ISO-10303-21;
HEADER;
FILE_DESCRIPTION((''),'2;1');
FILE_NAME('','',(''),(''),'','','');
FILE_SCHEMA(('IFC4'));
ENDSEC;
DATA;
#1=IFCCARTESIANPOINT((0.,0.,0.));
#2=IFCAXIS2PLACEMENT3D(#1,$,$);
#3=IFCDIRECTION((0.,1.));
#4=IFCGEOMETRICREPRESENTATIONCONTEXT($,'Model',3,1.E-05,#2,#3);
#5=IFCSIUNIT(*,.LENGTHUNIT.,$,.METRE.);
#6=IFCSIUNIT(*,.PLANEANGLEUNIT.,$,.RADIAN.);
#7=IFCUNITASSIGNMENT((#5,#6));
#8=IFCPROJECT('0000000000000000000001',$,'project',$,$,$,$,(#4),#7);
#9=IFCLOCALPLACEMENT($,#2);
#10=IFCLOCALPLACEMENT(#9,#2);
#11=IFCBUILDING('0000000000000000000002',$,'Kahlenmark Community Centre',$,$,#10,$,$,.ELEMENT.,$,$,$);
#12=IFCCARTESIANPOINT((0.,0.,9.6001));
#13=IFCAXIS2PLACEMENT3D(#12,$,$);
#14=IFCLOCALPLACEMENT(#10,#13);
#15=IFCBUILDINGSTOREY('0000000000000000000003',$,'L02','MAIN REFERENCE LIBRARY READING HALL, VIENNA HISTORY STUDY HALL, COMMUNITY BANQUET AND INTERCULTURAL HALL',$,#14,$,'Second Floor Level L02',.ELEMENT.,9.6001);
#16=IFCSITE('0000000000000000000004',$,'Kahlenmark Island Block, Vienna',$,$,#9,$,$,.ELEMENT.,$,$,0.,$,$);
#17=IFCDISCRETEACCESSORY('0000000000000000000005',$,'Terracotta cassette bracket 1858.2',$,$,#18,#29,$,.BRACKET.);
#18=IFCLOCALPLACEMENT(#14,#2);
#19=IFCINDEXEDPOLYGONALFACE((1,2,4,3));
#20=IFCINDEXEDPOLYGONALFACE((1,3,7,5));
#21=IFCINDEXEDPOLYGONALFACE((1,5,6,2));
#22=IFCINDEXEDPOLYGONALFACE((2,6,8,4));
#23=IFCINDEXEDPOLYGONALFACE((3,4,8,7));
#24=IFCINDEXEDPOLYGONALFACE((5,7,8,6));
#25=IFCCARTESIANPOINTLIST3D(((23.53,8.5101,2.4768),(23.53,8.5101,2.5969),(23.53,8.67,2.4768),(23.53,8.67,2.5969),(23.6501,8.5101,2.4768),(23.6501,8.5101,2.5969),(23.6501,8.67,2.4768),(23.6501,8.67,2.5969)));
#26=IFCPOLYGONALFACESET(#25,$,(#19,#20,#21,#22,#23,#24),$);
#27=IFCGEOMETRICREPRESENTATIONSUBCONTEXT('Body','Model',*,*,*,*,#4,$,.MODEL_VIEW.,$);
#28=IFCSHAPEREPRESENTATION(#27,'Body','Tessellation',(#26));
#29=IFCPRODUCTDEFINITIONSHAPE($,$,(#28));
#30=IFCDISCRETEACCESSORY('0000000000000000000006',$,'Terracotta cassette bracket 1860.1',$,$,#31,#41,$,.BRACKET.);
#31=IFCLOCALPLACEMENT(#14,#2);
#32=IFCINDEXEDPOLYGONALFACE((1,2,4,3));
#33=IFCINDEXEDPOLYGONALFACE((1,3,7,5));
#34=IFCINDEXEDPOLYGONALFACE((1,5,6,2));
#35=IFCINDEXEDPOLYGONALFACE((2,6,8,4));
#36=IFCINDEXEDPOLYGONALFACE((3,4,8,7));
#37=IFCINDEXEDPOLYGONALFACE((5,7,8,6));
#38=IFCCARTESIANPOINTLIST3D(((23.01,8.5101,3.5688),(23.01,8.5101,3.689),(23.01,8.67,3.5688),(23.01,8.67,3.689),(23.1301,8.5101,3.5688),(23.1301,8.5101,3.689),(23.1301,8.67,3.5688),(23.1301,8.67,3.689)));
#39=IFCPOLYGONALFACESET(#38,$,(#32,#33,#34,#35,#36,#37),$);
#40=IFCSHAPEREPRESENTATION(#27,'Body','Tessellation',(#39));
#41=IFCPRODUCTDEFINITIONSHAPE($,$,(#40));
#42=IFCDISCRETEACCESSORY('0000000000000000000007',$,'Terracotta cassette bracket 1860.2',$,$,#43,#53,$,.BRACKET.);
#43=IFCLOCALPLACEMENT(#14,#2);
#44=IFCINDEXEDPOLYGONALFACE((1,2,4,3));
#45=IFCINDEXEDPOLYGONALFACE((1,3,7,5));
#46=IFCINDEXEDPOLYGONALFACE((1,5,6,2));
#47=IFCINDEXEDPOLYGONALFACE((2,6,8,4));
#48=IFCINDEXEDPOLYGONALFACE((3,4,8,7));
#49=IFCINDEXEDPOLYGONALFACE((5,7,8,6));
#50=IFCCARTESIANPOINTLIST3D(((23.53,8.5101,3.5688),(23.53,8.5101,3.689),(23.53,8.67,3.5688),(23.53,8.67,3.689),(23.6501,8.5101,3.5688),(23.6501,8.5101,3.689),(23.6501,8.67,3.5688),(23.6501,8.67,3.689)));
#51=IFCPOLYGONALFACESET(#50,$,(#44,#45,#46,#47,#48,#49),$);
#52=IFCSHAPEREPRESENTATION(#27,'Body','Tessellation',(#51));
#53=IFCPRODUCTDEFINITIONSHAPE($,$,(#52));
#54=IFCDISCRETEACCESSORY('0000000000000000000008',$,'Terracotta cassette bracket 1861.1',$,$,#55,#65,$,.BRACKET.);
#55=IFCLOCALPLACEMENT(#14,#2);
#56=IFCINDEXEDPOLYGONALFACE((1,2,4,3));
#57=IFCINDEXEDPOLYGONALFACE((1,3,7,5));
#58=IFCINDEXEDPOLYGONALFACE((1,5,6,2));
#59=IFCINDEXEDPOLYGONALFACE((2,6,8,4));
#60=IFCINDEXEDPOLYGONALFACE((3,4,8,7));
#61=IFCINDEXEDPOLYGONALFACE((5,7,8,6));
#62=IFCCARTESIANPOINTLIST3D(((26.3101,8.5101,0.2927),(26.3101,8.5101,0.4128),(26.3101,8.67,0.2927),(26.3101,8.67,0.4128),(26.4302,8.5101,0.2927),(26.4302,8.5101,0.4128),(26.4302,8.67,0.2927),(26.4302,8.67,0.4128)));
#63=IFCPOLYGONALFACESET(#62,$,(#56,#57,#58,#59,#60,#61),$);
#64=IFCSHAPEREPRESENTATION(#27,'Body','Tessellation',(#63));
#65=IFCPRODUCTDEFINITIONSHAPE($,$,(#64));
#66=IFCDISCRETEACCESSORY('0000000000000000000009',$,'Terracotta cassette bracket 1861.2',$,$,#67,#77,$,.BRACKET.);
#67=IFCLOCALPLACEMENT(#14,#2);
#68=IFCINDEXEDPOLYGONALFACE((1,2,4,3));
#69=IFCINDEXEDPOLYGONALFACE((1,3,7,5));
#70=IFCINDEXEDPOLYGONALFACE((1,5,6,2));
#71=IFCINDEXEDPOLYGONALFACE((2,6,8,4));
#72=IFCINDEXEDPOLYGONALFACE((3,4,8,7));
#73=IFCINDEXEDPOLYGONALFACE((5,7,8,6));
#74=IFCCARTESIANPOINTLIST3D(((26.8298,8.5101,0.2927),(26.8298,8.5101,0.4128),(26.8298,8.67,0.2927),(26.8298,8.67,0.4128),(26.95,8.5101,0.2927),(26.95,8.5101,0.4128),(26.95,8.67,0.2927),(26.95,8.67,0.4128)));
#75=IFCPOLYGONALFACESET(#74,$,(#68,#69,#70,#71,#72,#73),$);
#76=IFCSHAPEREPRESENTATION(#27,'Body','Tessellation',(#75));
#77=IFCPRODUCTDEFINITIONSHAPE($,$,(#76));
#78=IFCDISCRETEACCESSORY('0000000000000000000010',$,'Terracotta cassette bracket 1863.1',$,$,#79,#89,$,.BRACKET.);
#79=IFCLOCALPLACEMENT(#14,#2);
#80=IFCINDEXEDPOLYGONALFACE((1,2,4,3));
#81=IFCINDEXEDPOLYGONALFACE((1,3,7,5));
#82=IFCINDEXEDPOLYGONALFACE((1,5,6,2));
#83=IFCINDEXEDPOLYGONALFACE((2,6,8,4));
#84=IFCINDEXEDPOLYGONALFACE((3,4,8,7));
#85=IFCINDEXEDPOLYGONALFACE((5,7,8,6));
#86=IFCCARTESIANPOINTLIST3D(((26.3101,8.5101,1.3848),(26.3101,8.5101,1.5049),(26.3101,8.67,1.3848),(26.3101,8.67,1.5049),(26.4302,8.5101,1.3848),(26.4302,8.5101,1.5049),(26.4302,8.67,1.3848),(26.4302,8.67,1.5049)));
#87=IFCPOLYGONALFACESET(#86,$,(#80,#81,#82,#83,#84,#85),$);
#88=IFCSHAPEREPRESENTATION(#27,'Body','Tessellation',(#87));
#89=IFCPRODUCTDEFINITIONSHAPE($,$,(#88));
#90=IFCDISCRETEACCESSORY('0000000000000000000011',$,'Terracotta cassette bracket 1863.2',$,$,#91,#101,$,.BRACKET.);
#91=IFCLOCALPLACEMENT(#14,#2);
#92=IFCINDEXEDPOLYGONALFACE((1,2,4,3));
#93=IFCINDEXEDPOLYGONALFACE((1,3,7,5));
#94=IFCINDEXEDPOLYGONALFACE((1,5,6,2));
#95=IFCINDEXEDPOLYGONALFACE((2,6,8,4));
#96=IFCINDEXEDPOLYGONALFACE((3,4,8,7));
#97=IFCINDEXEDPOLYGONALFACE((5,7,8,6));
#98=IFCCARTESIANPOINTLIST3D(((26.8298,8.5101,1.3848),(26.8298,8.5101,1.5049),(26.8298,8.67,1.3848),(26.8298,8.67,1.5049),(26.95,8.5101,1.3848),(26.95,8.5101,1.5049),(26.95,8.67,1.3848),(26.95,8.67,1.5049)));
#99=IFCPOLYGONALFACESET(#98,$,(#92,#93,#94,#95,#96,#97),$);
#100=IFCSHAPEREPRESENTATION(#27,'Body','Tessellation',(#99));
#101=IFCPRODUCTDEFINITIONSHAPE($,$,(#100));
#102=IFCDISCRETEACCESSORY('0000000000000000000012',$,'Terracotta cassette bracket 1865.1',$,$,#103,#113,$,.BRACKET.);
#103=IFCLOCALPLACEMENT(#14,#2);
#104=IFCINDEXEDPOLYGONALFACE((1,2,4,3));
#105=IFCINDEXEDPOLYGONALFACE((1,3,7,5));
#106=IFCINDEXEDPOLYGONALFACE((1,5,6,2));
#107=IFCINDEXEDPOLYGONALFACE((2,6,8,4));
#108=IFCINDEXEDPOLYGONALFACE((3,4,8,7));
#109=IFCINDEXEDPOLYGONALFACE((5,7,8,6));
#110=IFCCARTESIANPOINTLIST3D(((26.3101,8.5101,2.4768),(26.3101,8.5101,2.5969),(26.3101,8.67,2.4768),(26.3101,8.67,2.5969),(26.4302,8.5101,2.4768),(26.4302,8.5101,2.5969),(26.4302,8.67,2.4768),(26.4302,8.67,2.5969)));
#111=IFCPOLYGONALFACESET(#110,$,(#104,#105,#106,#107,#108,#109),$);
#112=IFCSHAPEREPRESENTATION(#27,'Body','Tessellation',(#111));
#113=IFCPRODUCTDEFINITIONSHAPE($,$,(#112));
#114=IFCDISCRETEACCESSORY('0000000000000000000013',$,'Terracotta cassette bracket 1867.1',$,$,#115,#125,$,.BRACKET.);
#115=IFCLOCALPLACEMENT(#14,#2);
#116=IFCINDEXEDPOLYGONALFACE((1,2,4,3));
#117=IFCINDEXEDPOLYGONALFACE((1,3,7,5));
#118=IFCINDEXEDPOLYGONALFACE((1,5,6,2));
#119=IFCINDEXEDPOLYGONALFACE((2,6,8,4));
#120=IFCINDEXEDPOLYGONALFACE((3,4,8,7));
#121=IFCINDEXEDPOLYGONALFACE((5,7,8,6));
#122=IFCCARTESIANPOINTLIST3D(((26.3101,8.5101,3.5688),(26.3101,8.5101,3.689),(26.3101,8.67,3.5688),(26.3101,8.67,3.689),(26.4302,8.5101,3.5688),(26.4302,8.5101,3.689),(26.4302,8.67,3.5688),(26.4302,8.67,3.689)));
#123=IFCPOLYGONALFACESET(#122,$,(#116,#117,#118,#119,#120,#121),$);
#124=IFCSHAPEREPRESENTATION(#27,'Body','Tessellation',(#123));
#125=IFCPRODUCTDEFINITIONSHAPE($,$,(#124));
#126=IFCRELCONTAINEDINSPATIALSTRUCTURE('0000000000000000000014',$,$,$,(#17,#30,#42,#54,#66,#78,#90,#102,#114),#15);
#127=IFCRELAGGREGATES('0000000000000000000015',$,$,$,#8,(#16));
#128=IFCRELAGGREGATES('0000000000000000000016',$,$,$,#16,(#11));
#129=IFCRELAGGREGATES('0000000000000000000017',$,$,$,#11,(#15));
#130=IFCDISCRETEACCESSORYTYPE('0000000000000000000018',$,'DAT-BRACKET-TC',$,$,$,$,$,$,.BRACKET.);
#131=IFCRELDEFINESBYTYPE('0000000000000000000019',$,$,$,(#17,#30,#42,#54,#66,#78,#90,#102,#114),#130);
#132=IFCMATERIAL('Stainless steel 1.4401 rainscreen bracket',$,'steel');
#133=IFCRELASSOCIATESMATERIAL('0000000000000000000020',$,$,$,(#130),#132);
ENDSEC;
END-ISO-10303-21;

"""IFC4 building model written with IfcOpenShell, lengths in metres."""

from ifc_helpers import new_model, si_unit, direction, frame, origin, origin_2d, place, context, subcontext, project, spatial, rectangle, extrude, material, type_object, element, save


model = new_model("IFC4")

# Units and contexts
model_context = context("Model", 3, precision=1e-05, world=origin(), true_north=direction((0.0, 1.0)))
body_context = subcontext(model_context, "Body", "Model", "MODEL_VIEW")
ifc_project = project(units=[si_unit("LENGTHUNIT", "METRE"), si_unit("PLANEANGLEUNIT", "RADIAN")], contexts=[model_context])

# Site, building, storey
site_placement = place(None, origin())
site = spatial("IfcSite", under=ifc_project, at=site_placement, Name="Kahlenmark Island Block, Vienna", CompositionType="ELEMENT", RefElevation=0.0)
building_placement = place(site_placement, origin())
building = spatial("IfcBuilding", under=site, at=building_placement, Name="Kahlenmark Community Centre", CompositionType="ELEMENT")
storey_placement = place(building_placement, frame((0.0, 0.0, 9.6001)))
storey = spatial("IfcBuildingStorey", under=building, at=storey_placement, Name="L02", Description="MAIN REFERENCE LIBRARY READING HALL, VIENNA HISTORY STUDY HALL, COMMUNITY BANQUET AND INTERCULTURAL HALL", LongName="Second Floor Level L02", CompositionType="ELEMENT", Elevation=9.6001)

# Discrete accessories
ifc_material_1 = material(Name="Stainless steel 1.4401 rainscreen bracket", Category="steel")
discrete_accessory_type = type_object("IfcDiscreteAccessoryType", Name="DAT-BRACKET-TC", PredefinedType="BRACKET", material=ifc_material_1)
for number, where, z_axis, x_axis, name in (
    (1, (23.5901, 8.5901, 2.4768), (0.0, 0.0, 1.0), (1.0, 0.0, 0.0), "Terracotta cassette bracket 1858.2"),
    (2, (23.0701, 8.5901, 3.5688), (0.0, 0.0, 1.0), (1.0, 0.0, 0.0), "Terracotta cassette bracket 1860.1"),
    (3, (23.5901, 8.5901, 3.5688), (0.0, 0.0, 1.0), (1.0, 0.0, 0.0), "Terracotta cassette bracket 1860.2"),
    (4, (26.3701, 8.5901, 0.2927), (0.0, 0.0, 1.0), (1.0, 0.0, 0.0), "Terracotta cassette bracket 1861.1"),
    (5, (26.8899, 8.5901, 0.2927), (0.0, 0.0, 1.0), (1.0, 0.0, 0.0), "Terracotta cassette bracket 1861.2"),
    (6, (26.3701, 8.5901, 1.3848), (0.0, 0.0, 1.0), (1.0, 0.0, 0.0), "Terracotta cassette bracket 1863.1"),
    (7, (26.8899, 8.5901, 1.3848), (0.0, 0.0, 1.0), (1.0, 0.0, 0.0), "Terracotta cassette bracket 1863.2"),
    (8, (26.3701, 8.5901, 2.4768), (0.0, 0.0, 1.0), (1.0, 0.0, 0.0), "Terracotta cassette bracket 1865.1"),
    (9, (26.3701, 8.5901, 3.5688), (0.0, 0.0, 1.0), (1.0, 0.0, 0.0), "Terracotta cassette bracket 1867.1"),
):
    element("IfcDiscreteAccessory", number, at=place(storey_placement, frame(where, z_axis=z_axis, x_axis=x_axis)), inside=storey, type_object=discrete_accessory_type, Name=name, PredefinedType="BRACKET", context=body_context, shape_type="SweptSolid", body=[
        extrude(rectangle(XDim=0.1201, YDim=0.1599, at=origin_2d()), origin(), (0.0, 0.0, 1.0), 0.1201),
    ])

save(model, "model.ifc")
